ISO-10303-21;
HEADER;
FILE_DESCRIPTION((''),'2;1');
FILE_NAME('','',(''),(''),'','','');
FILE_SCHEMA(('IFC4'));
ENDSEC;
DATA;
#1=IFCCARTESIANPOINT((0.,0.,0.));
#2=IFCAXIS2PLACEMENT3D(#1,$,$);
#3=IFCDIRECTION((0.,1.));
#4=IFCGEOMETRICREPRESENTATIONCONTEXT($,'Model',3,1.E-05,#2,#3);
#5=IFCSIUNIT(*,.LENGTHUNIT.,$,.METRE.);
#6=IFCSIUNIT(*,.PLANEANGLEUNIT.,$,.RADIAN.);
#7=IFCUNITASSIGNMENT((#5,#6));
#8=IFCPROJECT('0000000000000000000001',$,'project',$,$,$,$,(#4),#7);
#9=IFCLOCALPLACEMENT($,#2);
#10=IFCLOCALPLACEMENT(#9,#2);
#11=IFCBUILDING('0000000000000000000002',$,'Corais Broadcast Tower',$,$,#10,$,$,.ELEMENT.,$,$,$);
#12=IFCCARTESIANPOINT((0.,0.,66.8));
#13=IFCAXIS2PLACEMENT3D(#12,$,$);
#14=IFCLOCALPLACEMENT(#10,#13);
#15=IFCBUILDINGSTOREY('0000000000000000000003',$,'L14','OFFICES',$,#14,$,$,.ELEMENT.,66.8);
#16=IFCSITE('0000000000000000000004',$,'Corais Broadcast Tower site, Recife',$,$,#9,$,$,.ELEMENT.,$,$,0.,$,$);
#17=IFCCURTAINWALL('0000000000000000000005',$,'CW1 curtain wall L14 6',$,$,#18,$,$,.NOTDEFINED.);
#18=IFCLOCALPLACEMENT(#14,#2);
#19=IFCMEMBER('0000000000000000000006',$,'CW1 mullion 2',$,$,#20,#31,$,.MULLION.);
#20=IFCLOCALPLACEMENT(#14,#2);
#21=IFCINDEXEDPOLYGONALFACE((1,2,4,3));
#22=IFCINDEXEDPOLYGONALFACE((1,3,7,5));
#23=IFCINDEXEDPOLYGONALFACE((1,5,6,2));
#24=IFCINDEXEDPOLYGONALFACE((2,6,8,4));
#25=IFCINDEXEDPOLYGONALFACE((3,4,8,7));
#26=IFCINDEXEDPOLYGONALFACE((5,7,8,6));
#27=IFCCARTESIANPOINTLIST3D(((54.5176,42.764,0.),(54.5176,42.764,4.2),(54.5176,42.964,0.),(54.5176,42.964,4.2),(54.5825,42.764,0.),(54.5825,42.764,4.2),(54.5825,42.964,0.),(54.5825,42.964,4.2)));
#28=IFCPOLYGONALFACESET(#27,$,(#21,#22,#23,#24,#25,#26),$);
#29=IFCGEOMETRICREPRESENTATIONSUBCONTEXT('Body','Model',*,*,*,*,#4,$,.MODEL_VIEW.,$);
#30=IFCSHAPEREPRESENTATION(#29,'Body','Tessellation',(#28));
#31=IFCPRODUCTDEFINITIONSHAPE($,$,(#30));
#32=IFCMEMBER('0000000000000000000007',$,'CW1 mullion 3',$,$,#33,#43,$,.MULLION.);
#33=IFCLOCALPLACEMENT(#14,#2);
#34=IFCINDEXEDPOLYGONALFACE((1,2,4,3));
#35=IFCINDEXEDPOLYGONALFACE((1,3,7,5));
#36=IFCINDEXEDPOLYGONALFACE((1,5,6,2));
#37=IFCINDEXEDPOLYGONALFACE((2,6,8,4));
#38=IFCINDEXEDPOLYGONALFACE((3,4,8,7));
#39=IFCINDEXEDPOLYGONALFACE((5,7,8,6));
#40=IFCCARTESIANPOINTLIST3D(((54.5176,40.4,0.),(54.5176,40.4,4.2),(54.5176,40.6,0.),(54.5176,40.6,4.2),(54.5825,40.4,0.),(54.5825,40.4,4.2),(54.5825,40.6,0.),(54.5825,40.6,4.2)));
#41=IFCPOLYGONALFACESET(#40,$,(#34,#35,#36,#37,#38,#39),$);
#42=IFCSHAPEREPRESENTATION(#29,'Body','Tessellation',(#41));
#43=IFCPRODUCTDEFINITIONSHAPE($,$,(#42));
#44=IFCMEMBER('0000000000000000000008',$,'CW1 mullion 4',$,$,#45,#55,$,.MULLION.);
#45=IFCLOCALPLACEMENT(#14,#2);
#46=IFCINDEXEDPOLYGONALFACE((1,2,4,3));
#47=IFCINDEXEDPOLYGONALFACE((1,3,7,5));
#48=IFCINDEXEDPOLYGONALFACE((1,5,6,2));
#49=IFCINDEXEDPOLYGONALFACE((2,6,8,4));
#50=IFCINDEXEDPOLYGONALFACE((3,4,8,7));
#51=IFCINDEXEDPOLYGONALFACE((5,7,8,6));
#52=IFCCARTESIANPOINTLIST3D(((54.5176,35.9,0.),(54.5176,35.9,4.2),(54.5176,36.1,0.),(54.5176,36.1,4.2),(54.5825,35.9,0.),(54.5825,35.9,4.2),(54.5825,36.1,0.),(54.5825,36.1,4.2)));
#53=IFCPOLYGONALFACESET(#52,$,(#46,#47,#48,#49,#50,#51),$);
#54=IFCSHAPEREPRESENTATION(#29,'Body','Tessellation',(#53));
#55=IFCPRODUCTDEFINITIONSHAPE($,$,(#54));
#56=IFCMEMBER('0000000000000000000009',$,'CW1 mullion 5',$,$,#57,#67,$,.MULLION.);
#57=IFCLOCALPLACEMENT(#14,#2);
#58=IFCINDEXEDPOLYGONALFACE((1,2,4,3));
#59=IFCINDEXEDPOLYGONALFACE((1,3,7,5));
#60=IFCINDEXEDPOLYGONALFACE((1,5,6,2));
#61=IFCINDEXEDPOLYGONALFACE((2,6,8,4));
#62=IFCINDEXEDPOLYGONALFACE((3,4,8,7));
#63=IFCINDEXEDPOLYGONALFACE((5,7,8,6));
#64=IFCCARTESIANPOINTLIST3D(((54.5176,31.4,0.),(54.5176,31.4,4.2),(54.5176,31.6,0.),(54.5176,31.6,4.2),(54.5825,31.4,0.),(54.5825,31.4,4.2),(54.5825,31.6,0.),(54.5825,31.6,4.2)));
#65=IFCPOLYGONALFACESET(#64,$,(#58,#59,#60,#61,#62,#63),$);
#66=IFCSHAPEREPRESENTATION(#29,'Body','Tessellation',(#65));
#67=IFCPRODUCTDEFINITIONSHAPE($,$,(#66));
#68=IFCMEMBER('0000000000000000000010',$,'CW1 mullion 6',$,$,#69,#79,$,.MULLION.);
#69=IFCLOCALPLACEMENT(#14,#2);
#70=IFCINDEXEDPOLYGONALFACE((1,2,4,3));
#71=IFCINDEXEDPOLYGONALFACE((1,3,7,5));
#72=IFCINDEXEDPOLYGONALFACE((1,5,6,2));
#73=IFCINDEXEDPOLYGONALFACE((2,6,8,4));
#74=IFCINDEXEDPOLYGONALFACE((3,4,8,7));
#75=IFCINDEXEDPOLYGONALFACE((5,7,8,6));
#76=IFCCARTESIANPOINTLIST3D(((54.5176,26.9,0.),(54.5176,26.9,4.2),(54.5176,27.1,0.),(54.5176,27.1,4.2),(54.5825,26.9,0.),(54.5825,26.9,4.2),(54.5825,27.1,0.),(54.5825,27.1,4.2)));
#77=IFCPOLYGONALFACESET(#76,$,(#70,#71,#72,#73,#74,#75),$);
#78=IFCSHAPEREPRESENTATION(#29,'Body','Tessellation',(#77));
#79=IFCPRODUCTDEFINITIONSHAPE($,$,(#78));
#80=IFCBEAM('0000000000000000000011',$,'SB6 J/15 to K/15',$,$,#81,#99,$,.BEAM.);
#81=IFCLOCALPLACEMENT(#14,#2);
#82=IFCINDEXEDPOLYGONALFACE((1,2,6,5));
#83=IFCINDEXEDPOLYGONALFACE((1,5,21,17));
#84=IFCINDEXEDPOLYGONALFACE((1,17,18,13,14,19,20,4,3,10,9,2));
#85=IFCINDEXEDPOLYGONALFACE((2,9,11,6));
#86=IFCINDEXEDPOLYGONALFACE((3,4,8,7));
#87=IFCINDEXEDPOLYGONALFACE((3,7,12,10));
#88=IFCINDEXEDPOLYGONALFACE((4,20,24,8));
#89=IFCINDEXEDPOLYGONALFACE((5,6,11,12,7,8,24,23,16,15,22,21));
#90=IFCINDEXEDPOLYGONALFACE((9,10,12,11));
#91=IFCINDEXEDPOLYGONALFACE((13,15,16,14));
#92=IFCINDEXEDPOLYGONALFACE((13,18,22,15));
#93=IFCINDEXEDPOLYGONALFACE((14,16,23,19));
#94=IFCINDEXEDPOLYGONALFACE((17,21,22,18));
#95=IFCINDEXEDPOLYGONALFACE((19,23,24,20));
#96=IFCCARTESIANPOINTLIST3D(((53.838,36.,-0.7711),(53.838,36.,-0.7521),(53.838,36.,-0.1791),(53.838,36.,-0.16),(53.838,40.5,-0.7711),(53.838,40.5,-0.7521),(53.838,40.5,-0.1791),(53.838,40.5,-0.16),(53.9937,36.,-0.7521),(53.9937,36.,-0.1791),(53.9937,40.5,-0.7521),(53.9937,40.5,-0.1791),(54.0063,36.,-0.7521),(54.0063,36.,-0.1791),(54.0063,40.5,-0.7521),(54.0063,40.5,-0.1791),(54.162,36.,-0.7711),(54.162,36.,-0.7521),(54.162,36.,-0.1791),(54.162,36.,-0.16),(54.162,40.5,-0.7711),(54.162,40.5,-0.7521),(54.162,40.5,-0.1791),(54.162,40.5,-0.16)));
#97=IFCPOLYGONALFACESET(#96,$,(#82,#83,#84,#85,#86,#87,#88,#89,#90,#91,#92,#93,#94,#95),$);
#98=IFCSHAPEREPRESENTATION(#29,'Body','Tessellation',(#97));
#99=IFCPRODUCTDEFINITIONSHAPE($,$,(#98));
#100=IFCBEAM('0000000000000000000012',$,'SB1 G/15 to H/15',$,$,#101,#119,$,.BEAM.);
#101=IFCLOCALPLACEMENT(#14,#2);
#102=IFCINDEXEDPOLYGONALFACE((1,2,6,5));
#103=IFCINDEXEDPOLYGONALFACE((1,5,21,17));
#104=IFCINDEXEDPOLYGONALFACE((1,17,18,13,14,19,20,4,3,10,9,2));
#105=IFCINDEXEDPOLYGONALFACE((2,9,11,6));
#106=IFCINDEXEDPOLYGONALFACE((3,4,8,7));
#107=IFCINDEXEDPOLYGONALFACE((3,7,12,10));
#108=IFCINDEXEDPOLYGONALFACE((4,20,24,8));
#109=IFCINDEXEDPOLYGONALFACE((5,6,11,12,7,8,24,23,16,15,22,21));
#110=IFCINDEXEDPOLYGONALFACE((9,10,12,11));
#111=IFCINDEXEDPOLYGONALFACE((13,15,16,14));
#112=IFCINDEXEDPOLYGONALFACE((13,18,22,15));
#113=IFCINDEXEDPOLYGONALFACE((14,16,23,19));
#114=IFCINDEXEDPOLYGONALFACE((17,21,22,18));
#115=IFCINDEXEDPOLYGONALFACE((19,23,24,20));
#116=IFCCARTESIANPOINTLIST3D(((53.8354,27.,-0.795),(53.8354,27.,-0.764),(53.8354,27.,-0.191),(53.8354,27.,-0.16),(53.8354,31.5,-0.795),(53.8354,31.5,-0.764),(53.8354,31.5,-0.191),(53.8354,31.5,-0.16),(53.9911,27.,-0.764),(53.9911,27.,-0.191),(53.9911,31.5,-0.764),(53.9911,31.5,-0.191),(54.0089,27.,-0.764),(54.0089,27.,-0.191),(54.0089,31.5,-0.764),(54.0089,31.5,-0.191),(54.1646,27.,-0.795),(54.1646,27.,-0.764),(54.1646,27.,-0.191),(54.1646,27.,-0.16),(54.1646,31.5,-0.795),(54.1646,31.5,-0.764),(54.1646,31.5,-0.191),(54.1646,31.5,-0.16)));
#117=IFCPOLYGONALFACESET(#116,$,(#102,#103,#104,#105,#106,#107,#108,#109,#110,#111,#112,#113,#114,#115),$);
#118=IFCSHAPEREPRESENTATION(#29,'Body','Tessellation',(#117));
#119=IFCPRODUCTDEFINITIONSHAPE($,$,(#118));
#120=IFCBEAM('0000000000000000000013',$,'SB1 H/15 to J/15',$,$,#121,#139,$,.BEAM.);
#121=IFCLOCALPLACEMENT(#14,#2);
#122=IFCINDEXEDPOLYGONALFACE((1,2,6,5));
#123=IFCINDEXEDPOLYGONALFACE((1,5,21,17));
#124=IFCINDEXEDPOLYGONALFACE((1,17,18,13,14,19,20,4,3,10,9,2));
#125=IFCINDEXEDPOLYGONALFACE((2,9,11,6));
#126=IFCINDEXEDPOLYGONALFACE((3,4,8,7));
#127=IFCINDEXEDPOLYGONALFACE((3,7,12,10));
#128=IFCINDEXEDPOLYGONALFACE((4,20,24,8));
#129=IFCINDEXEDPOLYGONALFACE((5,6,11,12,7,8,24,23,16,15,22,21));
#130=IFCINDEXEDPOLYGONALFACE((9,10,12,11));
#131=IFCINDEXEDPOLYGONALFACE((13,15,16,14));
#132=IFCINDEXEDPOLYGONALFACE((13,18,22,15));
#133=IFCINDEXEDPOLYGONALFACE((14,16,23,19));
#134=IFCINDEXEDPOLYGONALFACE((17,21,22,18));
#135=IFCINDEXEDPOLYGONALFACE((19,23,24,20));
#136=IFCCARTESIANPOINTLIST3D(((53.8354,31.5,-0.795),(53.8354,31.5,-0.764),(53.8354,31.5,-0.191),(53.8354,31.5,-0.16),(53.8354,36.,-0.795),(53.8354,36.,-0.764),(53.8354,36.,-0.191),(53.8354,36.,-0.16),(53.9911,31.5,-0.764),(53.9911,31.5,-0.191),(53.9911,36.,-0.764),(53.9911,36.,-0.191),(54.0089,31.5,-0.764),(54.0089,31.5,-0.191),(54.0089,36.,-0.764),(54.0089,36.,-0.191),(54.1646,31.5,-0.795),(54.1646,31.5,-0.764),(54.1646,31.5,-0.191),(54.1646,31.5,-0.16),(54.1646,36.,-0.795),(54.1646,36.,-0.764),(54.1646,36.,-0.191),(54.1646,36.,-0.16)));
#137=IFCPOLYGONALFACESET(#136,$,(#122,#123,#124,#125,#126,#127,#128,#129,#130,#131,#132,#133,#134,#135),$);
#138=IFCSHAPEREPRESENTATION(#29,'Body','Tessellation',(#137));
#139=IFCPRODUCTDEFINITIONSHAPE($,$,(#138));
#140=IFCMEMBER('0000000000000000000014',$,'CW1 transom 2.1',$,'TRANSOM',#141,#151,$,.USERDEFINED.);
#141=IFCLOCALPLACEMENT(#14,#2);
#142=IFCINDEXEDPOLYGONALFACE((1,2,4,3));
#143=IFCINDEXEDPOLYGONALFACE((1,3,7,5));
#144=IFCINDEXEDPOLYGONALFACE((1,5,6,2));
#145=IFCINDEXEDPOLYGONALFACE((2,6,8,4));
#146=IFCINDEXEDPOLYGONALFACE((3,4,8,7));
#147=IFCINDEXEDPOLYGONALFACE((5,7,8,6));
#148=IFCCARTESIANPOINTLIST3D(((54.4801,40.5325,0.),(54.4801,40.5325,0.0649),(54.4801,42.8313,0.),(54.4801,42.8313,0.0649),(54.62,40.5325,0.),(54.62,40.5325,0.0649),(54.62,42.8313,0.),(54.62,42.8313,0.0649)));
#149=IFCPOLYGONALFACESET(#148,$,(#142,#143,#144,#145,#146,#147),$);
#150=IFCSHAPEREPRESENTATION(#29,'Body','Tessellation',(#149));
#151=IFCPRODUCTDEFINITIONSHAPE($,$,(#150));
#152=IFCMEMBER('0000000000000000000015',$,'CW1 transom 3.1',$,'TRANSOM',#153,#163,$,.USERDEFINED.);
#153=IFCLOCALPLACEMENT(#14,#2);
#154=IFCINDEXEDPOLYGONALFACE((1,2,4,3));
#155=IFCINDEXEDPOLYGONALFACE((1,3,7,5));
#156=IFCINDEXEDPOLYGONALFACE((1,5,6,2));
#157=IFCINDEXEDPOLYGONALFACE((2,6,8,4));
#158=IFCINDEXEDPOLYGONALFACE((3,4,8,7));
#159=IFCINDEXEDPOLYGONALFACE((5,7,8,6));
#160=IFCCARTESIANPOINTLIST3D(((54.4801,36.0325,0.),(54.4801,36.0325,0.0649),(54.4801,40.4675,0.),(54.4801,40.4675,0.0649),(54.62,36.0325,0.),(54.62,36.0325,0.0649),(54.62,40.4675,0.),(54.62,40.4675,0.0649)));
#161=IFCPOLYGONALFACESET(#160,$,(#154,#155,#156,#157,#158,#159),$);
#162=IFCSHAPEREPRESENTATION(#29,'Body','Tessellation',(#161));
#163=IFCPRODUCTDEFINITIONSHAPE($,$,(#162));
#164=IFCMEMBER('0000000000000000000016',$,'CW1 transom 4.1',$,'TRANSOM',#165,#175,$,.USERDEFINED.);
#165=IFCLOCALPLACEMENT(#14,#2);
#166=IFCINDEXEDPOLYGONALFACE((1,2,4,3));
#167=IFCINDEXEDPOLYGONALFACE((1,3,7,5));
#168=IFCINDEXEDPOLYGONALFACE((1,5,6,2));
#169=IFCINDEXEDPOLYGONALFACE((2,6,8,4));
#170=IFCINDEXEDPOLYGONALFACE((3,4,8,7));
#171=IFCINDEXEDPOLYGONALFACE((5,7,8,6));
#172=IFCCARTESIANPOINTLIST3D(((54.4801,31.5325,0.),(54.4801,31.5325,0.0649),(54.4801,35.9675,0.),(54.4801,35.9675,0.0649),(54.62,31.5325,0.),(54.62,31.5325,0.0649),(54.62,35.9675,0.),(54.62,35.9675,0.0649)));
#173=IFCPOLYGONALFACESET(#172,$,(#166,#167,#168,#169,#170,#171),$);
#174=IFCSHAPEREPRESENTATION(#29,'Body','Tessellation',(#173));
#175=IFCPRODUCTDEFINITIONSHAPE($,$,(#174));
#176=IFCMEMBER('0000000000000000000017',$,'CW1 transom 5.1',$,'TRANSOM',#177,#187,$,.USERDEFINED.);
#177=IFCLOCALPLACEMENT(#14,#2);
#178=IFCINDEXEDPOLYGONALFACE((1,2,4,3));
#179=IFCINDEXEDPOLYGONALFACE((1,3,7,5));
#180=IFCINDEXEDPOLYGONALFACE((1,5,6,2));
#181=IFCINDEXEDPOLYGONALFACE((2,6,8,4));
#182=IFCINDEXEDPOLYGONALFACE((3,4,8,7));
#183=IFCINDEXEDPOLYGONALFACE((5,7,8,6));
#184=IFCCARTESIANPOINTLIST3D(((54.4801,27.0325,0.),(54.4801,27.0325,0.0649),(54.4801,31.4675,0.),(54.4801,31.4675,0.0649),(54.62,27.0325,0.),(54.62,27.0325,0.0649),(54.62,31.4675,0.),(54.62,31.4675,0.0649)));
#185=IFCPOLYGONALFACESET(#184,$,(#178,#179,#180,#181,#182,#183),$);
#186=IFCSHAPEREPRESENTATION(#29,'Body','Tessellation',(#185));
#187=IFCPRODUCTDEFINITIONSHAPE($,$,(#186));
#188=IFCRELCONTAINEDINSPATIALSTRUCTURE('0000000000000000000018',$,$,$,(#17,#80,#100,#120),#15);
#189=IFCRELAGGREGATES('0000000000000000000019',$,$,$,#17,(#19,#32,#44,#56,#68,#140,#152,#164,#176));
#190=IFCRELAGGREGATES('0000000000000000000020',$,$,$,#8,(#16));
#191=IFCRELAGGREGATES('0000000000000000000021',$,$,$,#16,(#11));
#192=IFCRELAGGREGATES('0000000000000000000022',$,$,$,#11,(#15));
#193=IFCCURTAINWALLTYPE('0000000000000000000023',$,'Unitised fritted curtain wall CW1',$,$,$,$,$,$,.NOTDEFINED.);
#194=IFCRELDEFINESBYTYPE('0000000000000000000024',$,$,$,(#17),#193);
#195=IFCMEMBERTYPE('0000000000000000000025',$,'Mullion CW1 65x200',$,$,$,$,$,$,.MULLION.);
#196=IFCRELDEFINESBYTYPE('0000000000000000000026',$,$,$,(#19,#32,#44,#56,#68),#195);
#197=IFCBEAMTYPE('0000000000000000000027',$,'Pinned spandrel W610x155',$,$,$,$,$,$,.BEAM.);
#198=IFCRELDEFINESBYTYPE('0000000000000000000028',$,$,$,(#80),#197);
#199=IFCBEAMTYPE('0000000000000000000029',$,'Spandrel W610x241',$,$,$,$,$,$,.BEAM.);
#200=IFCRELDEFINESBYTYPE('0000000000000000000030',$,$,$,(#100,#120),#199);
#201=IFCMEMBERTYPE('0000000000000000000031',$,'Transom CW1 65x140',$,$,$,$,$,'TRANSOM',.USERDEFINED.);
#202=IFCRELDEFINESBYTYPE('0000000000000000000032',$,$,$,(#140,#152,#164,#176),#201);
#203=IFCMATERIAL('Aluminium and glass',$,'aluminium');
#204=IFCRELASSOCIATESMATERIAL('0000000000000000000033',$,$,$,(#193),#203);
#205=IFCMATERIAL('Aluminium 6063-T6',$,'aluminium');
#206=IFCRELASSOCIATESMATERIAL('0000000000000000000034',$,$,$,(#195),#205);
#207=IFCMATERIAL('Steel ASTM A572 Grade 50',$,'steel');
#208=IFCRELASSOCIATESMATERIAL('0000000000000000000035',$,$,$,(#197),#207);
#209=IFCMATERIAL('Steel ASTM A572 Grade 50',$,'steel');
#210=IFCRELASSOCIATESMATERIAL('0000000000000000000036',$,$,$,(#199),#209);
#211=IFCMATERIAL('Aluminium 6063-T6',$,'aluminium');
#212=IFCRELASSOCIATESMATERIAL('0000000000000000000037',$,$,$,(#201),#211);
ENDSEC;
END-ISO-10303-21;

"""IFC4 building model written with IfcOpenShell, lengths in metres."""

from ifc_helpers import new_model, si_unit, direction, frame, origin, origin_2d, place, context, subcontext, project, spatial, rectangle, i_section, extrude, material, material_profile, profile_set, type_object, element, aggregate, save


model = new_model("IFC4")

# Units and contexts
model_context = context("Model", 3, precision=1e-05, world=origin(), true_north=direction((0.0, 1.0)))
body_context = subcontext(model_context, "Body", "Model", "MODEL_VIEW")
ifc_project = project(units=[si_unit("LENGTHUNIT", "METRE"), si_unit("PLANEANGLEUNIT", "RADIAN")], contexts=[model_context])

# Site, building, storey
site_placement = place(None, origin())
site = spatial("IfcSite", under=ifc_project, at=site_placement, Name="Corais Broadcast Tower site, Recife", CompositionType="ELEMENT", RefElevation=0.0)
building_placement = place(site_placement, origin())
building = spatial("IfcBuilding", under=site, at=building_placement, Name="Corais Broadcast Tower", CompositionType="ELEMENT")
storey_placement = place(building_placement, frame((0.0, 0.0, 66.8)))
storey = spatial("IfcBuildingStorey", under=building, at=storey_placement, Name="L14", Description="OFFICES", CompositionType="ELEMENT", Elevation=66.8)

# Curtain wall, members
ifc_material_1 = material(Name="Aluminium and glass", Category="aluminium")
curtain_wall_type = type_object("IfcCurtainWallType", Name="Unitised fritted curtain wall CW1", PredefinedType="NOTDEFINED", material=ifc_material_1)
curtain_wall_placement = place(storey_placement, origin())
curtain_wall = element("IfcCurtainWall", 1, at=curtain_wall_placement, inside=storey, type_object=curtain_wall_type, Name="CW1 curtain wall L14 6", PredefinedType="NOTDEFINED")
ifc_material_2 = material(Name="Aluminium 6063-T6", Category="aluminium")
ifc_material_profile_1 = material_profile(ifc_material_2, rectangle(XDim=0.0649, YDim=0.2, at=origin_2d()), Name="Mullion CW1 65x200")
ifc_profile_set_1 = profile_set([ifc_material_profile_1], Name="Aluminium 6063-T6")
member_type_1 = type_object("IfcMemberType", Name="Mullion CW1 65x200", PredefinedType="MULLION", material=ifc_profile_set_1)
member_1_placement = place(storey_placement, frame((54.55, 42.864, 0.0), z_axis=(0.0, 0.0, 1.0), x_axis=(1.0, 0.0, 0.0)))
member_1 = element("IfcMember", 2, at=member_1_placement, type_object=member_type_1, Name="CW1 mullion 2", PredefinedType="MULLION", context=body_context, shape_type="SweptSolid", body=[
    extrude(rectangle(XDim=0.0649, YDim=0.2, at=origin_2d()), origin(), (0.0, 0.0, 1.0), 4.2),
])
member_2_placement = place(storey_placement, frame((54.55, 40.5, 0.0), z_axis=(0.0, 0.0, 1.0), x_axis=(1.0, 0.0, 0.0)))
member_2 = element("IfcMember", 3, at=member_2_placement, type_object=member_type_1, Name="CW1 mullion 3", PredefinedType="MULLION", context=body_context, shape_type="SweptSolid", body=[
    extrude(rectangle(XDim=0.0649, YDim=0.2, at=origin_2d()), origin(), (0.0, 0.0, 1.0), 4.2),
])
member_3_placement = place(storey_placement, frame((54.55, 36.0, 0.0), z_axis=(0.0, 0.0, 1.0), x_axis=(1.0, 0.0, 0.0)))
member_3 = element("IfcMember", 4, at=member_3_placement, type_object=member_type_1, Name="CW1 mullion 4", PredefinedType="MULLION", context=body_context, shape_type="SweptSolid", body=[
    extrude(rectangle(XDim=0.0649, YDim=0.2, at=origin_2d()), origin(), (0.0, 0.0, 1.0), 4.2),
])
member_4_placement = place(storey_placement, frame((54.55, 31.5, 0.0), z_axis=(0.0, 0.0, 1.0), x_axis=(1.0, 0.0, 0.0)))
member_4 = element("IfcMember", 5, at=member_4_placement, type_object=member_type_1, Name="CW1 mullion 5", PredefinedType="MULLION", context=body_context, shape_type="SweptSolid", body=[
    extrude(rectangle(XDim=0.0649, YDim=0.2, at=origin_2d()), origin(), (0.0, 0.0, 1.0), 4.2),
])
member_5_placement = place(storey_placement, frame((54.55, 27.0, 0.0), z_axis=(0.0, 0.0, 1.0), x_axis=(1.0, 0.0, 0.0)))
member_5 = element("IfcMember", 6, at=member_5_placement, type_object=member_type_1, Name="CW1 mullion 6", PredefinedType="MULLION", context=body_context, shape_type="SweptSolid", body=[
    extrude(rectangle(XDim=0.0649, YDim=0.2, at=origin_2d()), origin(), (0.0, 0.0, 1.0), 4.2),
])

# Beams
ifc_material_3 = material(Name="Steel ASTM A572 Grade 50", Category="steel")
ifc_material_profile_2 = material_profile(ifc_material_3, i_section(OverallWidth=0.324, OverallDepth=0.6111, WebThickness=0.0127, FlangeThickness=0.019, at=origin_2d()), Name="W610x155")
ifc_profile_set_2 = profile_set([ifc_material_profile_2], Name="Steel ASTM A572 Grade 50")
beam_type_1 = type_object("IfcBeamType", Name="Pinned spandrel W610x155", PredefinedType="BEAM", material=ifc_profile_set_2)
beam_1_placement = place(storey_placement, frame((54.0, 36.0, -0.4656), z_axis=(0.0, 1.0, 0.0), x_axis=(-1.0, 0.0, 0.0)))
element("IfcBeam", 7, at=beam_1_placement, inside=storey, type_object=beam_type_1, Name="SB6 J/15 to K/15", PredefinedType="BEAM", context=body_context, shape_type="SweptSolid", body=[
    extrude(i_section(OverallWidth=0.324, OverallDepth=0.6111, WebThickness=0.0127, FlangeThickness=0.019, at=origin_2d()), origin(), (0.0, 0.0, 1.0), 4.5),
])
ifc_material_4 = material(Name="Steel ASTM A572 Grade 50", Category="steel")
ifc_material_profile_3 = material_profile(ifc_material_4, i_section(OverallWidth=0.3291, OverallDepth=0.635, WebThickness=0.0178, FlangeThickness=0.031, at=origin_2d()), Name="W610x241")
ifc_profile_set_3 = profile_set([ifc_material_profile_3], Name="Steel ASTM A572 Grade 50")
beam_type_2 = type_object("IfcBeamType", Name="Spandrel W610x241", PredefinedType="BEAM", material=ifc_profile_set_3)
for number, where, z_axis, x_axis, name in (
    (8, (54.0, 27.0, -0.4775), (0.0, 1.0, 0.0), (-1.0, 0.0, 0.0), "SB1 G/15 to H/15"),
    (9, (54.0, 31.5, -0.4775), (0.0, 1.0, 0.0), (-1.0, 0.0, 0.0), "SB1 H/15 to J/15"),
):
    element("IfcBeam", number, at=place(storey_placement, frame(where, z_axis=z_axis, x_axis=x_axis)), inside=storey, type_object=beam_type_2, Name=name, PredefinedType="BEAM", context=body_context, shape_type="SweptSolid", body=[
        extrude(i_section(OverallWidth=0.3291, OverallDepth=0.635, WebThickness=0.0178, FlangeThickness=0.031, at=origin_2d()), origin(), (0.0, 0.0, 1.0), 4.5),
    ])

# Members
ifc_material_5 = material(Name="Aluminium 6063-T6", Category="aluminium")
ifc_material_profile_4 = material_profile(ifc_material_5, rectangle(XDim=0.1399, YDim=0.0649, at=origin_2d()), Name="Transom CW1 65x140")
ifc_profile_set_4 = profile_set([ifc_material_profile_4], Name="Aluminium 6063-T6")
member_type_2 = type_object("IfcMemberType", Name="Transom CW1 65x140", ElementType="TRANSOM", PredefinedType="USERDEFINED", material=ifc_profile_set_4)
member_6_placement = place(storey_placement, frame((54.55, 42.8313, 0.0325), z_axis=(0.0, -1.0, 0.0), x_axis=(1.0, 0.0, 0.0)))
member_6 = element("IfcMember", 10, at=member_6_placement, type_object=member_type_2, Name="CW1 transom 2.1", ObjectType="TRANSOM", PredefinedType="USERDEFINED", context=body_context, shape_type="SweptSolid", body=[
    extrude(rectangle(XDim=0.1399, YDim=0.0649, at=origin_2d()), origin(), (0.0, 0.0, 1.0), 2.2988),
])
member_7_placement = place(storey_placement, frame((54.55, 40.4675, 0.0325), z_axis=(0.0, -1.0, 0.0), x_axis=(1.0, 0.0, 0.0)))
member_7 = element("IfcMember", 11, at=member_7_placement, type_object=member_type_2, Name="CW1 transom 3.1", ObjectType="TRANSOM", PredefinedType="USERDEFINED", context=body_context, shape_type="SweptSolid", body=[
    extrude(rectangle(XDim=0.1399, YDim=0.0649, at=origin_2d()), origin(), (0.0, 0.0, 1.0), 4.4351),
])
member_8_placement = place(storey_placement, frame((54.55, 35.9675, 0.0325), z_axis=(0.0, -1.0, 0.0), x_axis=(1.0, 0.0, 0.0)))
member_8 = element("IfcMember", 12, at=member_8_placement, type_object=member_type_2, Name="CW1 transom 4.1", ObjectType="TRANSOM", PredefinedType="USERDEFINED", context=body_context, shape_type="SweptSolid", body=[
    extrude(rectangle(XDim=0.1399, YDim=0.0649, at=origin_2d()), origin(), (0.0, 0.0, 1.0), 4.4351),
])
member_9_placement = place(storey_placement, frame((54.55, 31.4675, 0.0325), z_axis=(0.0, -1.0, 0.0), x_axis=(1.0, 0.0, 0.0)))
member_9 = element("IfcMember", 13, at=member_9_placement, type_object=member_type_2, Name="CW1 transom 5.1", ObjectType="TRANSOM", PredefinedType="USERDEFINED", context=body_context, shape_type="SweptSolid", body=[
    extrude(rectangle(XDim=0.1399, YDim=0.0649, at=origin_2d()), origin(), (0.0, 0.0, 1.0), 4.4351),
])

aggregate(curtain_wall, [member_1, member_2, member_3, member_4, member_5, member_6, member_7, member_8, member_9])

save(model, "model.ifc")
